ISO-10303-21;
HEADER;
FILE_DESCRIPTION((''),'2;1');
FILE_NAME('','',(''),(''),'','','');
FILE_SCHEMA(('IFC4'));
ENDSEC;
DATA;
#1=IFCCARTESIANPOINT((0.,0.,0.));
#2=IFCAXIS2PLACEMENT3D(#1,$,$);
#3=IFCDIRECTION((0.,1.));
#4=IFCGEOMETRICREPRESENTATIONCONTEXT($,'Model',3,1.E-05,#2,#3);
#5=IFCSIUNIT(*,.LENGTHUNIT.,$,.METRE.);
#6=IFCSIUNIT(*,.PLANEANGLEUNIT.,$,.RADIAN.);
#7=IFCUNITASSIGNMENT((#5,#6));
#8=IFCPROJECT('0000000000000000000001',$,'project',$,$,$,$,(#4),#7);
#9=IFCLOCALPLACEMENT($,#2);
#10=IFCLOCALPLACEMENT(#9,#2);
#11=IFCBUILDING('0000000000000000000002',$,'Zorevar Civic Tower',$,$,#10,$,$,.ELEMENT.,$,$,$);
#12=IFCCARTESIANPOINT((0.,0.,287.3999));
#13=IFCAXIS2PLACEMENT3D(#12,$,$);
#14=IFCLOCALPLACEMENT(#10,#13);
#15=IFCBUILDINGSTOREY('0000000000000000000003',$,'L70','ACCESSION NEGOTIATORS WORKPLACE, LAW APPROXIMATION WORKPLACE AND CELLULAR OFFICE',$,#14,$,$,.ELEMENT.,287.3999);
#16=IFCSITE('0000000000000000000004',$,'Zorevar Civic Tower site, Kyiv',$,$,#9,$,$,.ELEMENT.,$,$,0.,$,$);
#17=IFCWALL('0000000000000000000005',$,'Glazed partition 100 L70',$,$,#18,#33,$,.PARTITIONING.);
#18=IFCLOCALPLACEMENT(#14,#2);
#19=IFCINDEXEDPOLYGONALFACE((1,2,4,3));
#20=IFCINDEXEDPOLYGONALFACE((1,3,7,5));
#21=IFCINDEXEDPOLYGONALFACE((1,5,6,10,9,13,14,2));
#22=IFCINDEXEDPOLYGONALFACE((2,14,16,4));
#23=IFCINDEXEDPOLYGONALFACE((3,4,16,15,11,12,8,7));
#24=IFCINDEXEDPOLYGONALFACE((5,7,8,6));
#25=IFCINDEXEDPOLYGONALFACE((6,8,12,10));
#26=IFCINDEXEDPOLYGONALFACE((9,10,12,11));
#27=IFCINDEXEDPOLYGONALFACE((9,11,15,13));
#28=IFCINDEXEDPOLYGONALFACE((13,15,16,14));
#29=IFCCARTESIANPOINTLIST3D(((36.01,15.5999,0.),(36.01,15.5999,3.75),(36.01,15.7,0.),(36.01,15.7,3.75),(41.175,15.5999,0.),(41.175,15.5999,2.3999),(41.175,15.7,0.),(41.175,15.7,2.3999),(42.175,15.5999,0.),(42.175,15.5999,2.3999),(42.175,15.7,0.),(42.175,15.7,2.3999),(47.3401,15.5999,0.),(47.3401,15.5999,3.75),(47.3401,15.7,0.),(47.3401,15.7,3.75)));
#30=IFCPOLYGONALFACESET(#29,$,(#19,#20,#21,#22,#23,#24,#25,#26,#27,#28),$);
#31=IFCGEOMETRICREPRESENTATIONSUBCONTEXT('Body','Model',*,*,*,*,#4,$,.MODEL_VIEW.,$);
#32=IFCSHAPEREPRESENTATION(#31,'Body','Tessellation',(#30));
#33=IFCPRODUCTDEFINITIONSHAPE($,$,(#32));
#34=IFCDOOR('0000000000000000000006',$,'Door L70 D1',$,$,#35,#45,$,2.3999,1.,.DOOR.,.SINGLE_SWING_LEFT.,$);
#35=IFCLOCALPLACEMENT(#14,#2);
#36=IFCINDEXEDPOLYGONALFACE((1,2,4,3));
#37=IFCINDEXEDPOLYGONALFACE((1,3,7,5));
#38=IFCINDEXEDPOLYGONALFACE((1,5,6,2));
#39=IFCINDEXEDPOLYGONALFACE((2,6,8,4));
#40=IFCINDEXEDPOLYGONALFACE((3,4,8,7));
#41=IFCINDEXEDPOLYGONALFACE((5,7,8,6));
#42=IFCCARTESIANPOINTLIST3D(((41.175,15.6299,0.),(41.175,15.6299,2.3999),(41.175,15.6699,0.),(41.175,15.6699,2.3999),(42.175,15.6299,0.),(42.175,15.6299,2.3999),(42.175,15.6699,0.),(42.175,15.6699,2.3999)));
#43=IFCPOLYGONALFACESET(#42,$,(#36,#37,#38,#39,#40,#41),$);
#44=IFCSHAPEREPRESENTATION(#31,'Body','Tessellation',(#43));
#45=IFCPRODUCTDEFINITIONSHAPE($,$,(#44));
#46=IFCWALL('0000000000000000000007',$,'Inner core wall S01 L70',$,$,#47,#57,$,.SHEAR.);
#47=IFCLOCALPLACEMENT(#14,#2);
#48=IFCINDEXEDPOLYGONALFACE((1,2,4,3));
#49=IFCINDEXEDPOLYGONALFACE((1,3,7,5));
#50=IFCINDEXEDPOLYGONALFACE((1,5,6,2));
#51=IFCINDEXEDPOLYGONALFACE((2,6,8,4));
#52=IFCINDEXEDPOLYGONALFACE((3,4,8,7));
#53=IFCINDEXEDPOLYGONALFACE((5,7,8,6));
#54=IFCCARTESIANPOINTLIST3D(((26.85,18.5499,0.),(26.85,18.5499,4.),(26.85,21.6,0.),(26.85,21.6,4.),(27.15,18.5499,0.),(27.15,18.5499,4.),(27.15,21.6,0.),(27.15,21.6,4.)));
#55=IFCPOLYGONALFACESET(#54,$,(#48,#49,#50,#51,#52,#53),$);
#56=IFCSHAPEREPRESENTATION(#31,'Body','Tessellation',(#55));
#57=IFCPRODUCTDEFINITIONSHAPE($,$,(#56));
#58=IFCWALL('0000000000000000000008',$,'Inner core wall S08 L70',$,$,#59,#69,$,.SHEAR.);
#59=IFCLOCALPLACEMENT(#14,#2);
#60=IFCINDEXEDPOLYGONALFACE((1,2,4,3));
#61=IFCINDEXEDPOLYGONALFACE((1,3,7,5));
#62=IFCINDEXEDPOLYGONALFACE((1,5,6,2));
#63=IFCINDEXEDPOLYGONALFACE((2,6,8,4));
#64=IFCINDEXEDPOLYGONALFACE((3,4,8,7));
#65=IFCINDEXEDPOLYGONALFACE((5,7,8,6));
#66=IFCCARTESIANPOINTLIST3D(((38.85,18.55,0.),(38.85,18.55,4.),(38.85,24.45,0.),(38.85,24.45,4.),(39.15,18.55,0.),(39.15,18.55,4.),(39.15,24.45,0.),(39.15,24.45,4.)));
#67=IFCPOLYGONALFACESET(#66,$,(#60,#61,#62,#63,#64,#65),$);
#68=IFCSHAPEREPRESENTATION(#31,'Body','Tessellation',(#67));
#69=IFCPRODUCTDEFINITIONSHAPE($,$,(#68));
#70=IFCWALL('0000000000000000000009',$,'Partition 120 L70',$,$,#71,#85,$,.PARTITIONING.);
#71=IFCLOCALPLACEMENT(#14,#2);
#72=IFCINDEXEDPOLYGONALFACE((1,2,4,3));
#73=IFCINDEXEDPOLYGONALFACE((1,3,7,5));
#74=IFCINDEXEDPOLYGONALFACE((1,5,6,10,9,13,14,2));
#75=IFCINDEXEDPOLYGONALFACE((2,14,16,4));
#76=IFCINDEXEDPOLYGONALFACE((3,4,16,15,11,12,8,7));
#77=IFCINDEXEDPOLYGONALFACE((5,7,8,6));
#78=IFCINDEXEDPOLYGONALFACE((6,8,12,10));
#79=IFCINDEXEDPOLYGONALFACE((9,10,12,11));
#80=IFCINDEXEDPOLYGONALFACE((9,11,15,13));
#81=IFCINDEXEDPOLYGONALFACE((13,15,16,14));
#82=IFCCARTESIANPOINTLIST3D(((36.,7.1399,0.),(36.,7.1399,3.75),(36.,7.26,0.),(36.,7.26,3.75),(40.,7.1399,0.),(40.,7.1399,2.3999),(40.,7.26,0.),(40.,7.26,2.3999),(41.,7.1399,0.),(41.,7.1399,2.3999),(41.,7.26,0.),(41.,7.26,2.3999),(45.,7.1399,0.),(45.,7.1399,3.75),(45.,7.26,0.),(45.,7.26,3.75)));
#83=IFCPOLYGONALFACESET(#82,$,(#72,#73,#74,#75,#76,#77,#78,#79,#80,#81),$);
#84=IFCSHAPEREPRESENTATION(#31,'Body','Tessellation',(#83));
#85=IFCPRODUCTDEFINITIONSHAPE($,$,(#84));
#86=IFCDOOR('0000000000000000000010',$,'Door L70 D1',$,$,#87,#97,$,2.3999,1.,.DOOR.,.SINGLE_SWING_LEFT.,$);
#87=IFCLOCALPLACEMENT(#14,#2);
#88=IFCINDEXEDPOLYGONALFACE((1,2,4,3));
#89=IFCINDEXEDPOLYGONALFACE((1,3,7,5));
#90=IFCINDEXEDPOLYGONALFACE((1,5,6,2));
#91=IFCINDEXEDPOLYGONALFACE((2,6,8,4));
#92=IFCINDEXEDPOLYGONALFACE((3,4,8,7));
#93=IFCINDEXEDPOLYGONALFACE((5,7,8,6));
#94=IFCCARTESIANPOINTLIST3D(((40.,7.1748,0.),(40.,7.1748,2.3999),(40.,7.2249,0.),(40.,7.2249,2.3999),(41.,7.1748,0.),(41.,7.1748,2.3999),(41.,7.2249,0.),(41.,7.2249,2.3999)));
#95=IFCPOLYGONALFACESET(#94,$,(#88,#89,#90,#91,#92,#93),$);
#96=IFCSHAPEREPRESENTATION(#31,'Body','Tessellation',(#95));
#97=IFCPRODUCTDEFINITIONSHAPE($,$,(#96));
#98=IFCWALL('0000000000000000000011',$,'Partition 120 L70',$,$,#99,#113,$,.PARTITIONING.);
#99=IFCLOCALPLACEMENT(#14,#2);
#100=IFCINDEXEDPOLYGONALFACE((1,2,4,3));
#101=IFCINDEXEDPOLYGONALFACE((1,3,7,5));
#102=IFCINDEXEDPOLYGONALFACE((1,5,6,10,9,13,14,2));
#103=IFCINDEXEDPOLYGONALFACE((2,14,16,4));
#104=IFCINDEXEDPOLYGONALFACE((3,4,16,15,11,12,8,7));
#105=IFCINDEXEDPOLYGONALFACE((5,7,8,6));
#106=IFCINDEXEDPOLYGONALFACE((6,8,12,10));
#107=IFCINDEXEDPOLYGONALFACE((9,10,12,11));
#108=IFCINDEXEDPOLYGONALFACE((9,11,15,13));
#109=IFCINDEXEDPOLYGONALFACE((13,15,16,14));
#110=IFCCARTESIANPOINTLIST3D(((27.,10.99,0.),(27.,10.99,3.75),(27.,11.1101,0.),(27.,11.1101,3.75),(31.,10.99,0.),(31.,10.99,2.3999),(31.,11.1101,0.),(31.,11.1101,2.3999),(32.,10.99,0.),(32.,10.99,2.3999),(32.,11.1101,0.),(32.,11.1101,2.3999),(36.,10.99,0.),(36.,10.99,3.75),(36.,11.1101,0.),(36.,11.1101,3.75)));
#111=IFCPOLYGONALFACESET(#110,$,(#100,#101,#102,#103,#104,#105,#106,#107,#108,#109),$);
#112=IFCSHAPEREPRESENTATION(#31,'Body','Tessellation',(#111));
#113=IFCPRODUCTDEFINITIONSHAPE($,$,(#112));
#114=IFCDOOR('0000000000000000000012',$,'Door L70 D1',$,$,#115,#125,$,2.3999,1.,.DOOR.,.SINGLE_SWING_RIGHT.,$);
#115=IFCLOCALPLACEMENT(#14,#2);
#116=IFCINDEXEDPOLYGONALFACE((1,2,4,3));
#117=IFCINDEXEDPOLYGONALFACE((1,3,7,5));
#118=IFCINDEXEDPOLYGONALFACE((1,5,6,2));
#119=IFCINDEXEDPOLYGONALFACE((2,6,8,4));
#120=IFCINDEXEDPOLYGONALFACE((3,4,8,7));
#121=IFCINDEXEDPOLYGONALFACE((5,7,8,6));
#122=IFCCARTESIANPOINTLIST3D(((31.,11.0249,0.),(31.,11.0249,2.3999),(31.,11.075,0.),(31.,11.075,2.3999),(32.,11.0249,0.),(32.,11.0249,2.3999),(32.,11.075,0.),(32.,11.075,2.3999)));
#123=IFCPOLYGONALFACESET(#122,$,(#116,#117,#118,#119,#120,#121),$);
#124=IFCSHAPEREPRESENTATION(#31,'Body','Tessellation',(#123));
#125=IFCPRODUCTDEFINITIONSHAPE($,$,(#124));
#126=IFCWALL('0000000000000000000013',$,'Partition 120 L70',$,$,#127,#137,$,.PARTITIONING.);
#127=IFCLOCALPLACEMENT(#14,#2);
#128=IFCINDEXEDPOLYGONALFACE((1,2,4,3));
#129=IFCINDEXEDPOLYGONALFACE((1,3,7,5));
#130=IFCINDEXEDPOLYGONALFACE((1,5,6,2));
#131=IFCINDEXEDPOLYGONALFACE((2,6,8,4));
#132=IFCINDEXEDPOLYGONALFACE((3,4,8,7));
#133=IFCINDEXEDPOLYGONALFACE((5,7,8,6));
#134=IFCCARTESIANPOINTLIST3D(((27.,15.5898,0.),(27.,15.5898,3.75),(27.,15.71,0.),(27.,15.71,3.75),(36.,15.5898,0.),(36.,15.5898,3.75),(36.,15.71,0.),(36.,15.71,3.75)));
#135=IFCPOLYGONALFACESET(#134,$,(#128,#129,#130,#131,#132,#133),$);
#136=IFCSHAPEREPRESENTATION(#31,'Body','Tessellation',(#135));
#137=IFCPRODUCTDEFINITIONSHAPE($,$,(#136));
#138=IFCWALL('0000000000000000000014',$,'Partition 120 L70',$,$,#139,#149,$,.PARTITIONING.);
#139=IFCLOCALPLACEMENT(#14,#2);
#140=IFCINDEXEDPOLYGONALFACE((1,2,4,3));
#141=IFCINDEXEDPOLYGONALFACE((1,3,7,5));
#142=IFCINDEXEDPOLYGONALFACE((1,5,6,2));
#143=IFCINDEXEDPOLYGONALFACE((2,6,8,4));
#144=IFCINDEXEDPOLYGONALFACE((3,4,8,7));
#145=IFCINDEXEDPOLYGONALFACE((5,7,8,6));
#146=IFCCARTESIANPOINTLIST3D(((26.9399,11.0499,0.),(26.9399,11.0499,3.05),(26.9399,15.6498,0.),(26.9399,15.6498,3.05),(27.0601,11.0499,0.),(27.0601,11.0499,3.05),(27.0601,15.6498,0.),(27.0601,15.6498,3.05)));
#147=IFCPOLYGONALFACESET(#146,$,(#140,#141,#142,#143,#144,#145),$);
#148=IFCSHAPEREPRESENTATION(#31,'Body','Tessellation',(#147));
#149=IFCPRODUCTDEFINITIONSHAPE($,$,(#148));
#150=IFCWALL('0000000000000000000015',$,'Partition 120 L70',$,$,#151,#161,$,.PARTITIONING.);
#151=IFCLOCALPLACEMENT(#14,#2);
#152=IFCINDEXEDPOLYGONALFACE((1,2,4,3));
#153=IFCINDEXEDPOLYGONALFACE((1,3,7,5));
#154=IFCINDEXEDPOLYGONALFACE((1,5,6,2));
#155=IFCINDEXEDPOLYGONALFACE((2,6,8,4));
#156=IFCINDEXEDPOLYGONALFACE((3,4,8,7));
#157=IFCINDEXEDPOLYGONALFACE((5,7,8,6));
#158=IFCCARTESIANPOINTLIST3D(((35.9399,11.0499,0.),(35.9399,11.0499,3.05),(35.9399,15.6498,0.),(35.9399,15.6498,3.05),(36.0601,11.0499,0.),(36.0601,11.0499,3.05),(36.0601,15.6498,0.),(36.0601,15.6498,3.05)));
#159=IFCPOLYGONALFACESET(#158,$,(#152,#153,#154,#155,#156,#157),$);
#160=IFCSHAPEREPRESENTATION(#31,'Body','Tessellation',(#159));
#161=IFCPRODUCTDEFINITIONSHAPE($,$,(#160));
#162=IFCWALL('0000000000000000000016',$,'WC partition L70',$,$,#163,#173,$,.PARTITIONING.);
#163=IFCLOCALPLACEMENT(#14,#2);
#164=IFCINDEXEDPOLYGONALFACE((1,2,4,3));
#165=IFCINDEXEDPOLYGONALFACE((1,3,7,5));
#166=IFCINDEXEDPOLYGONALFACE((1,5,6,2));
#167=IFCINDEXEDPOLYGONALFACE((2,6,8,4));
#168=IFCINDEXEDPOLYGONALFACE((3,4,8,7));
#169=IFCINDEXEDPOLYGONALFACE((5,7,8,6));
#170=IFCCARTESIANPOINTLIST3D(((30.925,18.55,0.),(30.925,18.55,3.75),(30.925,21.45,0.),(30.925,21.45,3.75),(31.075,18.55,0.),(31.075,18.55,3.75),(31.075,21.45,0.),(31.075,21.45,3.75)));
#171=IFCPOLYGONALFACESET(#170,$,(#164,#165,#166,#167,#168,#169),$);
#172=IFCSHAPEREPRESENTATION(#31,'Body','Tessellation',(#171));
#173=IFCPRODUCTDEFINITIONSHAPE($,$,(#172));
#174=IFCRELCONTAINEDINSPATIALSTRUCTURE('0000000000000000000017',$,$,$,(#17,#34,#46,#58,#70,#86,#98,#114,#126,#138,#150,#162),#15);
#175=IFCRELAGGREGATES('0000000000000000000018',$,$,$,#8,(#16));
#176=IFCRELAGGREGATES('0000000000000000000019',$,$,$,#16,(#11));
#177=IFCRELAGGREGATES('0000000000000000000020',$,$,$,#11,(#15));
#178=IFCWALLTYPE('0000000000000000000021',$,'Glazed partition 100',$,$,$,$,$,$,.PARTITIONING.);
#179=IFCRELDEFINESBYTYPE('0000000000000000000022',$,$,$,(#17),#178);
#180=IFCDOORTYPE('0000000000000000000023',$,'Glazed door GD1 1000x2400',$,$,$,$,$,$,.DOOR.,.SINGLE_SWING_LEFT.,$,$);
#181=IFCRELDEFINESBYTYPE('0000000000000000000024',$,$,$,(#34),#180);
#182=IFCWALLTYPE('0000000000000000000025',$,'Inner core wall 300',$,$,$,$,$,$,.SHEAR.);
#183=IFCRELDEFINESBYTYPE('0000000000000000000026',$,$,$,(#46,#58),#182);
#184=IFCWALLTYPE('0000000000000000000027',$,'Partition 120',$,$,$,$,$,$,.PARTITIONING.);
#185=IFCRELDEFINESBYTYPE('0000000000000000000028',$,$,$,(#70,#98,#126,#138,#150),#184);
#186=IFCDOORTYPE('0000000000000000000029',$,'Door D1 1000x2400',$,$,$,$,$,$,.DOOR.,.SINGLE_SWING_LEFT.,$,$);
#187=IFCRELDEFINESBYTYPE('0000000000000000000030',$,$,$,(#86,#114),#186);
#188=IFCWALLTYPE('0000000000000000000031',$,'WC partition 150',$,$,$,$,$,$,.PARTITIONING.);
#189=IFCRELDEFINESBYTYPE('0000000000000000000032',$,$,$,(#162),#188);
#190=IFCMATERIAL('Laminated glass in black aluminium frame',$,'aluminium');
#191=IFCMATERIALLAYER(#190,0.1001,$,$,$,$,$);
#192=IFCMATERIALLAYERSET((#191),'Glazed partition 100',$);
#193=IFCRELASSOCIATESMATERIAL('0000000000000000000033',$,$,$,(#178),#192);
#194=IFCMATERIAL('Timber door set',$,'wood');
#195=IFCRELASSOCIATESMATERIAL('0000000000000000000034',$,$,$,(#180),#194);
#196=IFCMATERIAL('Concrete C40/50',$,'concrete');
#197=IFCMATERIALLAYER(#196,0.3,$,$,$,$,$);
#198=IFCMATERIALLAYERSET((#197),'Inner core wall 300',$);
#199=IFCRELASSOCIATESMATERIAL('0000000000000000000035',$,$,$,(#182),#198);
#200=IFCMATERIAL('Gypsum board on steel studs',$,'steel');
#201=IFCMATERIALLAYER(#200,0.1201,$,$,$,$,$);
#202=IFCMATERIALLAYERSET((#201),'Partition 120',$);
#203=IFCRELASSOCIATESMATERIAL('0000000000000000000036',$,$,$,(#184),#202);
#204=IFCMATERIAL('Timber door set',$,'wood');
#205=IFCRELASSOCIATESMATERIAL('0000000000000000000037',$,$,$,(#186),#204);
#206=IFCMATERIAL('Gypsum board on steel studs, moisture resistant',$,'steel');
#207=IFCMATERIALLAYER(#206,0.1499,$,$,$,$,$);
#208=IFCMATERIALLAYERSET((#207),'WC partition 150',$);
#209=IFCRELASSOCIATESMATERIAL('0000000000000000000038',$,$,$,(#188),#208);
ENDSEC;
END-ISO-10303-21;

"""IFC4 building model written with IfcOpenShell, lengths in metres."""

from ifc_helpers import new_model, si_unit, direction, frame, frame_2d, origin, place, context, subcontext, project, spatial, rectangle, extrude, material, layer, layer_set, type_object, element, fill, save


model = new_model("IFC4")

# Units and contexts
model_context = context("Model", 3, precision=1e-05, world=origin(), true_north=direction((0.0, 1.0)))
body_context = subcontext(model_context, "Body", "Model", "MODEL_VIEW")
ifc_project = project(units=[si_unit("LENGTHUNIT", "METRE"), si_unit("PLANEANGLEUNIT", "RADIAN")], contexts=[model_context])

# Site, building, storey
site_placement = place(None, origin())
site = spatial("IfcSite", under=ifc_project, at=site_placement, Name="Zorevar Civic Tower site, Kyiv", CompositionType="ELEMENT", RefElevation=0.0)
building_placement = place(site_placement, origin())
building = spatial("IfcBuilding", under=site, at=building_placement, Name="Zorevar Civic Tower", CompositionType="ELEMENT")
storey_placement = place(building_placement, frame((0.0, 0.0, 287.3999)))
storey = spatial("IfcBuildingStorey", under=building, at=storey_placement, Name="L70", Description="ACCESSION NEGOTIATORS WORKPLACE, LAW APPROXIMATION WORKPLACE AND CELLULAR OFFICE", CompositionType="ELEMENT", Elevation=287.3999)

# Wall, opening, door
ifc_material_1 = material(Name="Laminated glass in black aluminium frame", Category="aluminium")
ifc_layer_1 = layer(ifc_material_1, 0.1001)
ifc_layer_set_1 = layer_set([ifc_layer_1], Name="Glazed partition 100")
wall_type_1 = type_object("IfcWallType", Name="Glazed partition 100", PredefinedType="PARTITIONING", material=ifc_layer_set_1)
wall_1_placement = place(storey_placement, frame((36.01, 15.6499, 0.0), z_axis=(0.0, 0.0, 1.0), x_axis=(1.0, 0.0, 0.0)))
wall_1 = element("IfcWall", 1, at=wall_1_placement, inside=storey, type_object=wall_type_1, Name="Glazed partition 100 L70", PredefinedType="PARTITIONING", context=body_context, shape_type="SweptSolid", body=[
    extrude(rectangle(XDim=11.3301, YDim=0.1001, at=frame_2d((5.665, 0.0))), origin(), (0.0, 0.0, 1.0), 3.75),
])
opening_1_placement = place(wall_1_placement, frame((5.165, 0.0, 0.0)))
opening_1 = element("IfcOpeningElement", 2, at=opening_1_placement, cuts=wall_1, PredefinedType="OPENING", context=body_context, shape_type="SweptSolid", body=[
    extrude(rectangle(XDim=1.0, YDim=2.3999, at=frame_2d((0.5, 1.2))), frame((0.0, 0.0601, 0.0), z_axis=(0.0, -1.0, 0.0), x_axis=(1.0, 0.0, 0.0)), (0.0, 0.0, 1.0), 0.1201),
])
ifc_material_2 = material(Name="Timber door set", Category="wood")
door_type_1 = type_object("IfcDoorType", Name="Glazed door GD1 1000x2400", OperationType="SINGLE_SWING_LEFT", PredefinedType="DOOR", material=ifc_material_2)
door_1_placement = place(opening_1_placement, origin())
door_1 = element("IfcDoor", 3, at=door_1_placement, inside=storey, type_object=door_type_1, Name="Door L70 D1", OperationType="SINGLE_SWING_LEFT", OverallHeight=2.3999, OverallWidth=1.0, PredefinedType="DOOR", context=body_context, shape_type="SweptSolid", body=[
    extrude(rectangle(XDim=1.0, YDim=2.3999, at=frame_2d((0.5, 1.2))), frame((0.0, 0.02, 0.0), z_axis=(0.0, -1.0, 0.0), x_axis=(1.0, 0.0, 0.0)), (0.0, 0.0, 1.0), 0.04),
])
fill(opening_1, door_1)

# Walls
ifc_material_3 = material(Name="Concrete C40/50", Category="concrete")
ifc_layer_2 = layer(ifc_material_3, 0.3)
ifc_layer_set_2 = layer_set([ifc_layer_2], Name="Inner core wall 300")
wall_type_2 = type_object("IfcWallType", Name="Inner core wall 300", PredefinedType="SHEAR", material=ifc_layer_set_2)
wall_2_placement = place(storey_placement, frame((27.0, 18.55, 0.0), z_axis=(0.0, 0.0, 1.0), x_axis=(0.0, 1.0, 0.0)))
element("IfcWall", 4, at=wall_2_placement, inside=storey, type_object=wall_type_2, Name="Inner core wall S01 L70", PredefinedType="SHEAR", context=body_context, shape_type="SweptSolid", body=[
    extrude(rectangle(XDim=3.05, YDim=0.3, at=frame_2d((1.5249, 0.0))), origin(), (0.0, 0.0, 1.0), 4.0),
])
wall_3_placement = place(storey_placement, frame((39.0, 18.55, 0.0), z_axis=(0.0, 0.0, 1.0), x_axis=(0.0, 1.0, 0.0)))
element("IfcWall", 5, at=wall_3_placement, inside=storey, type_object=wall_type_2, Name="Inner core wall S08 L70", PredefinedType="SHEAR", context=body_context, shape_type="SweptSolid", body=[
    extrude(rectangle(XDim=5.8999, YDim=0.3, at=frame_2d((2.95, 0.0))), origin(), (0.0, 0.0, 1.0), 4.0),
])

# Walls, openings, doors
ifc_material_4 = material(Name="Gypsum board on steel studs", Category="steel")
ifc_layer_3 = layer(ifc_material_4, 0.1201)
ifc_layer_set_3 = layer_set([ifc_layer_3], Name="Partition 120")
wall_type_3 = type_object("IfcWallType", Name="Partition 120", PredefinedType="PARTITIONING", material=ifc_layer_set_3)
wall_4_placement = place(storey_placement, frame((36.0, 7.2, 0.0), z_axis=(0.0, 0.0, 1.0), x_axis=(1.0, 0.0, 0.0)))
wall_4 = element("IfcWall", 6, at=wall_4_placement, inside=storey, type_object=wall_type_3, Name="Partition 120 L70", PredefinedType="PARTITIONING", context=body_context, shape_type="SweptSolid", body=[
    extrude(rectangle(XDim=9.0, YDim=0.1201, at=frame_2d((4.5, 0.0))), origin(), (0.0, 0.0, 1.0), 3.75),
])
opening_2_placement = place(wall_4_placement, frame((4.0, 0.0, 0.0)))
opening_2 = element("IfcOpeningElement", 7, at=opening_2_placement, cuts=wall_4, PredefinedType="OPENING", context=body_context, shape_type="SweptSolid", body=[
    extrude(rectangle(XDim=1.0, YDim=2.3999, at=frame_2d((0.5, 1.2))), frame((0.0, 0.0701, 0.0), z_axis=(0.0, -1.0, 0.0), x_axis=(1.0, 0.0, 0.0)), (0.0, 0.0, 1.0), 0.1401),
])
ifc_material_5 = material(Name="Timber door set", Category="wood")
door_type_2 = type_object("IfcDoorType", Name="Door D1 1000x2400", OperationType="SINGLE_SWING_LEFT", PredefinedType="DOOR", material=ifc_material_5)
door_2_placement = place(opening_2_placement, origin())
door_2 = element("IfcDoor", 8, at=door_2_placement, inside=storey, type_object=door_type_2, Name="Door L70 D1", OperationType="SINGLE_SWING_LEFT", OverallHeight=2.3999, OverallWidth=1.0, PredefinedType="DOOR", context=body_context, shape_type="SweptSolid", body=[
    extrude(rectangle(XDim=1.0, YDim=2.3999, at=frame_2d((0.5, 1.2))), frame((0.0, 0.0249, 0.0), z_axis=(0.0, -1.0, 0.0), x_axis=(1.0, 0.0, 0.0)), (0.0, 0.0, 1.0), 0.05),
])
fill(opening_2, door_2)
wall_5_placement = place(storey_placement, frame((27.0, 11.05, 0.0), z_axis=(0.0, 0.0, 1.0), x_axis=(1.0, 0.0, 0.0)))
wall_5 = element("IfcWall", 9, at=wall_5_placement, inside=storey, type_object=wall_type_3, Name="Partition 120 L70", PredefinedType="PARTITIONING", context=body_context, shape_type="SweptSolid", body=[
    extrude(rectangle(XDim=9.0, YDim=0.1201, at=frame_2d((4.5, 0.0))), origin(), (0.0, 0.0, 1.0), 3.75),
])
opening_3_placement = place(wall_5_placement, frame((4.0, 0.0, 0.0)))
opening_3 = element("IfcOpeningElement", 10, at=opening_3_placement, cuts=wall_5, PredefinedType="OPENING", context=body_context, shape_type="SweptSolid", body=[
    extrude(rectangle(XDim=1.0, YDim=2.3999, at=frame_2d((0.5, 1.2))), frame((0.0, 0.0701, 0.0), z_axis=(0.0, -1.0, 0.0), x_axis=(1.0, 0.0, 0.0)), (0.0, 0.0, 1.0), 0.1401),
])
door_3_placement = place(opening_3_placement, origin())
door_3 = element("IfcDoor", 11, at=door_3_placement, inside=storey, type_object=door_type_2, Name="Door L70 D1", OperationType="SINGLE_SWING_RIGHT", OverallHeight=2.3999, OverallWidth=1.0, PredefinedType="DOOR", context=body_context, shape_type="SweptSolid", body=[
    extrude(rectangle(XDim=1.0, YDim=2.3999, at=frame_2d((0.5, 1.2))), frame((0.0, 0.0249, 0.0), z_axis=(0.0, -1.0, 0.0), x_axis=(1.0, 0.0, 0.0)), (0.0, 0.0, 1.0), 0.05),
])
fill(opening_3, door_3)

# Walls
wall_6_placement = place(storey_placement, frame((27.0, 15.6499, 0.0), z_axis=(0.0, 0.0, 1.0), x_axis=(1.0, 0.0, 0.0)))
element("IfcWall", 12, at=wall_6_placement, inside=storey, type_object=wall_type_3, Name="Partition 120 L70", PredefinedType="PARTITIONING", context=body_context, shape_type="SweptSolid", body=[
    extrude(rectangle(XDim=9.0, YDim=0.1201, at=frame_2d((4.5, 0.0))), origin(), (0.0, 0.0, 1.0), 3.75),
])
for number, where, z_axis, x_axis, name in (
    (13, (27.0, 11.05, 0.0), (0.0, 0.0, 1.0), (0.0, 1.0, 0.0), "Partition 120 L70"),
    (14, (36.0, 11.05, 0.0), (0.0, 0.0, 1.0), (0.0, 1.0, 0.0), "Partition 120 L70"),
):
    element("IfcWall", number, at=place(storey_placement, frame(where, z_axis=z_axis, x_axis=x_axis)), inside=storey, type_object=wall_type_3, Name=name, PredefinedType="PARTITIONING", context=body_context, shape_type="SweptSolid", body=[
        extrude(rectangle(XDim=4.5999, YDim=0.1201, at=frame_2d((2.2998, 0.0))), origin(), (0.0, 0.0, 1.0), 3.05),
    ])
ifc_material_6 = material(Name="Gypsum board on steel studs, moisture resistant", Category="steel")
ifc_layer_4 = layer(ifc_material_6, 0.1499)
ifc_layer_set_4 = layer_set([ifc_layer_4], Name="WC partition 150")
wall_type_4 = type_object("IfcWallType", Name="WC partition 150", PredefinedType="PARTITIONING", material=ifc_layer_set_4)
for number, where, z_axis, x_axis, name in (
    (15, (31.0, 18.55, 0.0), (0.0, 0.0, 1.0), (0.0, 1.0, 0.0), "WC partition L70"),
):
    element("IfcWall", number, at=place(storey_placement, frame(where, z_axis=z_axis, x_axis=x_axis)), inside=storey, type_object=wall_type_4, Name=name, PredefinedType="PARTITIONING", context=body_context, shape_type="SweptSolid", body=[
        extrude(rectangle(XDim=2.8999, YDim=0.1499, at=frame_2d((1.45, 0.0))), origin(), (0.0, 0.0, 1.0), 3.75),
    ])

save(model, "model.ifc")
